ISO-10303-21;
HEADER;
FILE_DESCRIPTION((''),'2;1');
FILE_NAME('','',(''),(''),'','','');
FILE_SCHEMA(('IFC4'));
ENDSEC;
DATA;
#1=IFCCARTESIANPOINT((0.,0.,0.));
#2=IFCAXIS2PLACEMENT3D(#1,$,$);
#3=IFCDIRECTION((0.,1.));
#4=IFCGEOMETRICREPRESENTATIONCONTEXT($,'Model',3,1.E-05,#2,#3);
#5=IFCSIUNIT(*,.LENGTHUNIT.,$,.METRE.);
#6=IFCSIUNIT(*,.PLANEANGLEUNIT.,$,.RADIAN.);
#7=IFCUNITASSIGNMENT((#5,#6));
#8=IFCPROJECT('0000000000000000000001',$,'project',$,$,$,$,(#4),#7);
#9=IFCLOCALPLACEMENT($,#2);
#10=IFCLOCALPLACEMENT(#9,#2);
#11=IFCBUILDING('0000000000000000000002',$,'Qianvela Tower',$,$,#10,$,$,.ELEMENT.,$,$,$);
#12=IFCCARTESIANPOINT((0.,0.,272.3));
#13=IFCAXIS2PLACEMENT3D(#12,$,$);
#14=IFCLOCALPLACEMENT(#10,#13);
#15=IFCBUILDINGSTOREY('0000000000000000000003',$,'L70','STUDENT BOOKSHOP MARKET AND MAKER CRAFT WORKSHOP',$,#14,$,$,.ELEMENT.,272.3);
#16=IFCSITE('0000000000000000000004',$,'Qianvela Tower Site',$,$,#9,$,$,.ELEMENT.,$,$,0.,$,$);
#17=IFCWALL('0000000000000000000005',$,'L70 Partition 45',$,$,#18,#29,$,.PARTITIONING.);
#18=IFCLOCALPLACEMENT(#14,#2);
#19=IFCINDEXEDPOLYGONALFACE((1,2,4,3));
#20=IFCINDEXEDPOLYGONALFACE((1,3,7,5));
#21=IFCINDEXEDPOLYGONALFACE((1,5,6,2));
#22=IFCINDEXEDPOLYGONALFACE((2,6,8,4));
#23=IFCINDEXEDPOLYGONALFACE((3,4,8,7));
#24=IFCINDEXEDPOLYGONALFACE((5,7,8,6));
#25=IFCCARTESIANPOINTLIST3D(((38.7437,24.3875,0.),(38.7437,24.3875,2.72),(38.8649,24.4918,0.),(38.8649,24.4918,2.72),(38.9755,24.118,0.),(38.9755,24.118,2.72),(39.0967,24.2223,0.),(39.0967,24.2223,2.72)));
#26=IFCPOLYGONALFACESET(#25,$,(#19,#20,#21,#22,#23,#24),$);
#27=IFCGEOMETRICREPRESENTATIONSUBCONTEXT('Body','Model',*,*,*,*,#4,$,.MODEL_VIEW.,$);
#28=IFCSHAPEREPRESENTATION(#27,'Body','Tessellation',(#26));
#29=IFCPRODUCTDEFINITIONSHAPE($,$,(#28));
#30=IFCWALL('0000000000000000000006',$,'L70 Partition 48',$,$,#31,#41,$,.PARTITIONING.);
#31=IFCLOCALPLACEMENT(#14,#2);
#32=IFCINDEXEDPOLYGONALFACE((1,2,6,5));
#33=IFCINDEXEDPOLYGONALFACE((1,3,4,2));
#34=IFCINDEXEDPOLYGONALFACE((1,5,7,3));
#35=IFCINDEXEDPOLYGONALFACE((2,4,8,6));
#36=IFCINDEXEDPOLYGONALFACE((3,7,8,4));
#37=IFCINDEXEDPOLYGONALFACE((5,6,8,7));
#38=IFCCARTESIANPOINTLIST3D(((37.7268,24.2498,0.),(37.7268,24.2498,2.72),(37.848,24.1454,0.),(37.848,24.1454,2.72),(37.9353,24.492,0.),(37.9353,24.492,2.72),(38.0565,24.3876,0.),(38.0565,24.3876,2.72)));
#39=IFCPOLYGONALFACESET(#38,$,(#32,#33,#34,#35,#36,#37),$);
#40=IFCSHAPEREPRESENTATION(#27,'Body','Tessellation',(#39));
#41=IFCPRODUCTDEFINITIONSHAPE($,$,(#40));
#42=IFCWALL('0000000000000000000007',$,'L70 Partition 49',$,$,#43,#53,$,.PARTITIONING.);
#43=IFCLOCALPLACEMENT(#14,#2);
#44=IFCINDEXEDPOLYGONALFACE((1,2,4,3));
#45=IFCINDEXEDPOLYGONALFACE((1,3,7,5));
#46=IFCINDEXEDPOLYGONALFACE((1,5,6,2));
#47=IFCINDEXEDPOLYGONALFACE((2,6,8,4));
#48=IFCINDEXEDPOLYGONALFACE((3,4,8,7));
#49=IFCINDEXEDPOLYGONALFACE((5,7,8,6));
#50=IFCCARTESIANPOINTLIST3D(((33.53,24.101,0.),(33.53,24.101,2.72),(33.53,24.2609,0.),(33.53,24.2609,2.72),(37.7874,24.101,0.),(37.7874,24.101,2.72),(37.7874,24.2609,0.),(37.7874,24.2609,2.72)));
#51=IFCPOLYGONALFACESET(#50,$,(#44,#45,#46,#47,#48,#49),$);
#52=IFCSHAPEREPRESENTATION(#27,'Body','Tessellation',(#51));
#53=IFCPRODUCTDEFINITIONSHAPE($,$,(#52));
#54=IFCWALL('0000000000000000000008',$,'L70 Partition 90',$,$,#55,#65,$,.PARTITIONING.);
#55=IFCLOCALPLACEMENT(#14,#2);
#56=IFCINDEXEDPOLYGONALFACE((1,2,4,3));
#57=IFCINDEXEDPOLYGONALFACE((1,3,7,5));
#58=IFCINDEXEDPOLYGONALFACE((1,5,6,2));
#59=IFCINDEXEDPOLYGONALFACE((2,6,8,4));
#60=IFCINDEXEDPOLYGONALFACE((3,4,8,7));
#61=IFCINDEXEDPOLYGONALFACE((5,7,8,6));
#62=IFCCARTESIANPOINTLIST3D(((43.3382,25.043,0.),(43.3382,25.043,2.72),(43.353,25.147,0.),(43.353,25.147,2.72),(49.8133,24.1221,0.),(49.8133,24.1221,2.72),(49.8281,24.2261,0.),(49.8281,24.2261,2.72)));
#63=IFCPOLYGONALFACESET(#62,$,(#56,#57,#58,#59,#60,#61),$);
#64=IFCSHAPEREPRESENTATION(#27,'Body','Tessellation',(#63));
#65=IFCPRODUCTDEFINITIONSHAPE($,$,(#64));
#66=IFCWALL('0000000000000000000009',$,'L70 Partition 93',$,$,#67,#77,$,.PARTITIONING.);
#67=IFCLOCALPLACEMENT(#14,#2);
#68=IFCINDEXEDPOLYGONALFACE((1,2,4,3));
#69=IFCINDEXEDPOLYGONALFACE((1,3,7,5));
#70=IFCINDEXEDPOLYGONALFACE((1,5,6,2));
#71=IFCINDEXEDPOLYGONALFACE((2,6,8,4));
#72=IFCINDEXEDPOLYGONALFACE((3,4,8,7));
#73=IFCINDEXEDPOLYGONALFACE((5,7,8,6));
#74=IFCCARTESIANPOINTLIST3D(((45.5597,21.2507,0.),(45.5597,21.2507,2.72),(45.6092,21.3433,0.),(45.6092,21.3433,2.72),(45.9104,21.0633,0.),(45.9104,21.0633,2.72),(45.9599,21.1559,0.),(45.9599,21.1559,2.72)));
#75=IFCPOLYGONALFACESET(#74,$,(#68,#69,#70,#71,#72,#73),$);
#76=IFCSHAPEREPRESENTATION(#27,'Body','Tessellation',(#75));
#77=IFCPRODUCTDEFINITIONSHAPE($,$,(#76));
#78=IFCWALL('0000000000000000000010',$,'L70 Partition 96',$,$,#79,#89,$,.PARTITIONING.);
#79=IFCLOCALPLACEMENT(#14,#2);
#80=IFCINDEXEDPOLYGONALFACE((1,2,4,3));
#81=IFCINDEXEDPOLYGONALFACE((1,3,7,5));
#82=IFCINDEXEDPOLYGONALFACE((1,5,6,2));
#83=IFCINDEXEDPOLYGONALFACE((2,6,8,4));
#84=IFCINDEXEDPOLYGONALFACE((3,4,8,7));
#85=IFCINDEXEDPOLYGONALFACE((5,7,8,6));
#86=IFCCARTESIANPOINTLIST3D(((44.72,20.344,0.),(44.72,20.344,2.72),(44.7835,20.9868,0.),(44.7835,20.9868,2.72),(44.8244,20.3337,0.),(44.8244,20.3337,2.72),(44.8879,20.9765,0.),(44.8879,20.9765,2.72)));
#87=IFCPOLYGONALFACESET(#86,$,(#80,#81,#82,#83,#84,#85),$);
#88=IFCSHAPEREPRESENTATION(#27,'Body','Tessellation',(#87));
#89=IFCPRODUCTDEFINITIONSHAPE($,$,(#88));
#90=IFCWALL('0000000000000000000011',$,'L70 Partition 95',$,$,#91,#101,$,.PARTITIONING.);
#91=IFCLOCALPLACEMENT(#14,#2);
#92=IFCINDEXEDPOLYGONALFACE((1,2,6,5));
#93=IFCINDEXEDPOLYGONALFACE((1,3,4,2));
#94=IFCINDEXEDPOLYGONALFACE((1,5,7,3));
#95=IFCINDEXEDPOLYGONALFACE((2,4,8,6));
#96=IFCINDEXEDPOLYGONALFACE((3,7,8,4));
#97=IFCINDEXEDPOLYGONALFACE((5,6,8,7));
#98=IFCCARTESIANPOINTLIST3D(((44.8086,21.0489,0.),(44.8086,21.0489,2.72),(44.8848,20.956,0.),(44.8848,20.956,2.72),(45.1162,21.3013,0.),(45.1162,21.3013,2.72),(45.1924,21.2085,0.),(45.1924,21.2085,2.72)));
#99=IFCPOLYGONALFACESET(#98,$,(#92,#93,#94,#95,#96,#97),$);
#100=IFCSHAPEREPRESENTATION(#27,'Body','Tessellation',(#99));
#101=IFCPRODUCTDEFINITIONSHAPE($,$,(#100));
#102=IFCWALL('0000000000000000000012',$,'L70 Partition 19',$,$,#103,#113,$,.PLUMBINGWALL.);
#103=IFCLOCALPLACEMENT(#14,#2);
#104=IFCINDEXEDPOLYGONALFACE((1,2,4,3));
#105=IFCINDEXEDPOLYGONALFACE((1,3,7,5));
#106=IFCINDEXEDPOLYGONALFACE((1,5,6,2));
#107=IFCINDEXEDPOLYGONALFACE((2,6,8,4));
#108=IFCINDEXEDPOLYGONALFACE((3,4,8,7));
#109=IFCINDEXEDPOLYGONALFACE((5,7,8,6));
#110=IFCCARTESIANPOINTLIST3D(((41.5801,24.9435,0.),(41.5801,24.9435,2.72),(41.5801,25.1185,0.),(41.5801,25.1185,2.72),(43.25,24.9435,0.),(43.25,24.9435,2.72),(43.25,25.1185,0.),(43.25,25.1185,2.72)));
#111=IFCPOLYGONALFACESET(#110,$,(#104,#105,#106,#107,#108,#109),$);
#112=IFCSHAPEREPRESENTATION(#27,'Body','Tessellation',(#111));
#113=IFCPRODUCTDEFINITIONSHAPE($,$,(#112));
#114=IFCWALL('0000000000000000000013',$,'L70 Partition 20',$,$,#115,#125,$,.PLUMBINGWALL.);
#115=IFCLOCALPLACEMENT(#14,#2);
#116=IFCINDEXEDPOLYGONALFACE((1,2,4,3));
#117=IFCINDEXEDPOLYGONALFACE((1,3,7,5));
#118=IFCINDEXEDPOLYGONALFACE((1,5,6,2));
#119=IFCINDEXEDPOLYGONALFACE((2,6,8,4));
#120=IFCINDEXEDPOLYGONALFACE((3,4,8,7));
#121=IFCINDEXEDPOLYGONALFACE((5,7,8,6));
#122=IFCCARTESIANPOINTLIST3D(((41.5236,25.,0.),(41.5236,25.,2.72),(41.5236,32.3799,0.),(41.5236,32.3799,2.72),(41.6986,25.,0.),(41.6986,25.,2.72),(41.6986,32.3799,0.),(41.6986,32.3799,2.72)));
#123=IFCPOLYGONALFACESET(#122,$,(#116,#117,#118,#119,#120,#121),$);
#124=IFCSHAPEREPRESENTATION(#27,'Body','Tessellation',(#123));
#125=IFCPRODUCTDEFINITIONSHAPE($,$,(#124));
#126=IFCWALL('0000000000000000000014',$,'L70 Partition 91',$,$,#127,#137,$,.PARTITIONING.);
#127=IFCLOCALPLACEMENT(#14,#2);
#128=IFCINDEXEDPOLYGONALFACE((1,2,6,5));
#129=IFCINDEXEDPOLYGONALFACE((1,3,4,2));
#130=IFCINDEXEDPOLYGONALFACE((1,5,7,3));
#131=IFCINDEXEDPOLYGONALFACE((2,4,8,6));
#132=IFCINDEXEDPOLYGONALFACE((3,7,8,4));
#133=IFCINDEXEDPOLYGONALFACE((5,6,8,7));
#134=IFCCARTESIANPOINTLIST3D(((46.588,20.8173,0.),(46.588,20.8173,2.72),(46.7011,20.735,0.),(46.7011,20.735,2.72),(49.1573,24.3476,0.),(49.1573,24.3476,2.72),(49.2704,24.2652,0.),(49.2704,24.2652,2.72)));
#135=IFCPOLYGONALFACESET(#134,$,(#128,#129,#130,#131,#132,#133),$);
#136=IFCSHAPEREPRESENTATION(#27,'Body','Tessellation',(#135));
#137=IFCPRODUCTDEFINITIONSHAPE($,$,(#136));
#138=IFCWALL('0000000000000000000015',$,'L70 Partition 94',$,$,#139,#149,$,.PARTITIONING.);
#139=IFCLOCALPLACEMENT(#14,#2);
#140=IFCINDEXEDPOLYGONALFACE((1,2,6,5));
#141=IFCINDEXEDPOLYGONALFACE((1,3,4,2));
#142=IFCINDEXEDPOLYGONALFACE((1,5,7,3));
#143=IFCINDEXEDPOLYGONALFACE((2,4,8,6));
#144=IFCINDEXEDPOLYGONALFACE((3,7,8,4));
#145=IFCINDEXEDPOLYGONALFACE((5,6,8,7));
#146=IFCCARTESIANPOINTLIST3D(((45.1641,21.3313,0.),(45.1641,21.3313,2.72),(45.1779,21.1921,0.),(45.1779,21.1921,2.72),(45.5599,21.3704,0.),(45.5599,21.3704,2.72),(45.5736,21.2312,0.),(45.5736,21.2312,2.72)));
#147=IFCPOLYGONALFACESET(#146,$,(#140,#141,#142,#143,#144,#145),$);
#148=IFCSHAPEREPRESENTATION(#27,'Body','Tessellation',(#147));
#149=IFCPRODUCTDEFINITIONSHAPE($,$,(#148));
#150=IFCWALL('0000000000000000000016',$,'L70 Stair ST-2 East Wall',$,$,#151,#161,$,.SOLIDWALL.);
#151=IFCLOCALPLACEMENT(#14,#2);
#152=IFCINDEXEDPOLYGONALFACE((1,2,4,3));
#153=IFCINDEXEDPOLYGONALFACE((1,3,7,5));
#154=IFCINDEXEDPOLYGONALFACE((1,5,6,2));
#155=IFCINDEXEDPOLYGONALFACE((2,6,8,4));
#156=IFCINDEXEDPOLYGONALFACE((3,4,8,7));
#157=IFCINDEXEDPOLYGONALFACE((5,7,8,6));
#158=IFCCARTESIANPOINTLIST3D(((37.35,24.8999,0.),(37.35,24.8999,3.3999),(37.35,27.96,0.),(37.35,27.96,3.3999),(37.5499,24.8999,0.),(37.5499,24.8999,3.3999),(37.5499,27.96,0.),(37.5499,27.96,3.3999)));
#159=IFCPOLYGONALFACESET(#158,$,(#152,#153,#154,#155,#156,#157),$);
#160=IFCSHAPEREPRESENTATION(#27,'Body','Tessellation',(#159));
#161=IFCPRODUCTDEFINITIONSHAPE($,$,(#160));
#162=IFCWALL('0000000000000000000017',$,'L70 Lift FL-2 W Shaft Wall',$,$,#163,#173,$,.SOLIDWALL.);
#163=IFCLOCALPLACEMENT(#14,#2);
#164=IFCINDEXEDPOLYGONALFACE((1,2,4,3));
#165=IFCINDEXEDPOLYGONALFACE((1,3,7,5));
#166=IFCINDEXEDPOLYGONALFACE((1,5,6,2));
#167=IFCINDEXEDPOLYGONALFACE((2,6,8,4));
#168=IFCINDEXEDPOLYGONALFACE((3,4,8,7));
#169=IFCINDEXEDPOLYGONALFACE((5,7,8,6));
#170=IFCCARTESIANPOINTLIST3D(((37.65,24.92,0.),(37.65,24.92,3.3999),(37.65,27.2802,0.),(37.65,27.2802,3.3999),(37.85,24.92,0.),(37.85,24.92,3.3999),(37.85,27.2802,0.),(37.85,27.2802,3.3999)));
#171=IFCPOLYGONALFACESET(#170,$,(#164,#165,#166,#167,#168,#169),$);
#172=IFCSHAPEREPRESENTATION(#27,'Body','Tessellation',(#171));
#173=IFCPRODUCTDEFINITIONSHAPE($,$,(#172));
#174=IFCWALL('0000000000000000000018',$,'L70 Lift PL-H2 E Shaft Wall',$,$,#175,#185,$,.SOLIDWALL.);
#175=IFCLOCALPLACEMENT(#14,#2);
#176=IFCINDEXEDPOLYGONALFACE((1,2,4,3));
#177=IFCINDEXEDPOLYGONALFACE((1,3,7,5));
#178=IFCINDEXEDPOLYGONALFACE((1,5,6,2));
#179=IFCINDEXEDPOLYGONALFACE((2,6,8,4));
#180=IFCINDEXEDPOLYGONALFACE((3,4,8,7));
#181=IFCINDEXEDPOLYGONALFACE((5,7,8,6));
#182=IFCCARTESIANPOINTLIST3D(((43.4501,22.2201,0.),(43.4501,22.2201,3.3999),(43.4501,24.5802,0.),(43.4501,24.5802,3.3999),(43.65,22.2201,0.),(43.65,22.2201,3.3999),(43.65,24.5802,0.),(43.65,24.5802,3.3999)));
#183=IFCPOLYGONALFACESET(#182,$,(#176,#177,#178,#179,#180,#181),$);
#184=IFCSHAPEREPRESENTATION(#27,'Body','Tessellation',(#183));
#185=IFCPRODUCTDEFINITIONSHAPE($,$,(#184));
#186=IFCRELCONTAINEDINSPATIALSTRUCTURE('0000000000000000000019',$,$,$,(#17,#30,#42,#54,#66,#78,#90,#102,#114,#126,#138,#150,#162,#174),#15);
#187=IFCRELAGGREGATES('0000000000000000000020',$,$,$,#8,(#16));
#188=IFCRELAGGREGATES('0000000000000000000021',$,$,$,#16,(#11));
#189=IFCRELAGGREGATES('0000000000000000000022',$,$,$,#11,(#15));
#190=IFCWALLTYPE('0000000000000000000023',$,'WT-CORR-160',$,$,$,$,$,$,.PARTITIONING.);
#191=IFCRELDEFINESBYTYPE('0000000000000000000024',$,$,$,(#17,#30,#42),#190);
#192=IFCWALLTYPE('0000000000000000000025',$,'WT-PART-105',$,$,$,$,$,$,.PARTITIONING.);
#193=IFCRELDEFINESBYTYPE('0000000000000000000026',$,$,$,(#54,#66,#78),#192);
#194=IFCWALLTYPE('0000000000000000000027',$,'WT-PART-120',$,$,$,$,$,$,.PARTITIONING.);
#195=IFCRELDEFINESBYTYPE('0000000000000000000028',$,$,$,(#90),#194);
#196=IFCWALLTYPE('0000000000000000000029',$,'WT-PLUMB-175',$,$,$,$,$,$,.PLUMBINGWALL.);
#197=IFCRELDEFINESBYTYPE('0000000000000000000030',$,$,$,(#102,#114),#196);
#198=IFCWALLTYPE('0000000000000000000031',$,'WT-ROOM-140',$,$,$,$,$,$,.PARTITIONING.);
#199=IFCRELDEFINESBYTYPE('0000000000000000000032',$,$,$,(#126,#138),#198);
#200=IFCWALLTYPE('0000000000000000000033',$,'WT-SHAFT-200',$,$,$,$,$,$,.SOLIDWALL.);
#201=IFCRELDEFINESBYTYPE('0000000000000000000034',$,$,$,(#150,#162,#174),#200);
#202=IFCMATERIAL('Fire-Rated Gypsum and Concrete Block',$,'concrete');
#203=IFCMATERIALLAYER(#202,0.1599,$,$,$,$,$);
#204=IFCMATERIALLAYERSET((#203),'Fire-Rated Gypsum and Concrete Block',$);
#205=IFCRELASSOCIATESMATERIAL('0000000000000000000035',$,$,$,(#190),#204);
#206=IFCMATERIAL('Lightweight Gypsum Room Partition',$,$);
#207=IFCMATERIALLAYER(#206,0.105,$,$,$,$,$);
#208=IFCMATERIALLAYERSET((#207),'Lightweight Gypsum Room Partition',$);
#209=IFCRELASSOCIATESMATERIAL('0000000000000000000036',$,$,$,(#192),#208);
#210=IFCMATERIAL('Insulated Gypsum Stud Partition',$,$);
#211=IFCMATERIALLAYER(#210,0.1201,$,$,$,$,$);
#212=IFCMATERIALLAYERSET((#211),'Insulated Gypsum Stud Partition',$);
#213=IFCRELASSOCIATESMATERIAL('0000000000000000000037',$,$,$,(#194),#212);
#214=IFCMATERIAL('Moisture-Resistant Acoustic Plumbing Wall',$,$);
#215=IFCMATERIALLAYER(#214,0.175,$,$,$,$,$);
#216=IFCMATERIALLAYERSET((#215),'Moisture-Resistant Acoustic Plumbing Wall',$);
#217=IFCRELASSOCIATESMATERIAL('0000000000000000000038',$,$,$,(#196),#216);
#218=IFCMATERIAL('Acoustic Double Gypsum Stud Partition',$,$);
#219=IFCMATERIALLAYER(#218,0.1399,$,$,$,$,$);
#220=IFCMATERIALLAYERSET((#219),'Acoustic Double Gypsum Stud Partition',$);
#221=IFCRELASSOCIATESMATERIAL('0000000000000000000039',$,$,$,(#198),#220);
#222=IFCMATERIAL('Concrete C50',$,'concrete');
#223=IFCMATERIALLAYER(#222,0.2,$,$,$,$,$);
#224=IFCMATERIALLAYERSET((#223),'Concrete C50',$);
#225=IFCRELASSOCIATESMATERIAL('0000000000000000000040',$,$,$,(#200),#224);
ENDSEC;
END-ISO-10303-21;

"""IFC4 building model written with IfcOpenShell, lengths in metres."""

from ifc_helpers import new_model, si_unit, direction, frame, frame_2d, origin, place, context, subcontext, project, spatial, rectangle, extrude, material, layer, layer_set, type_object, element, save


model = new_model("IFC4")

# Units and contexts
model_context = context("Model", 3, precision=1e-05, world=origin(), true_north=direction((0.0, 1.0)))
body_context = subcontext(model_context, "Body", "Model", "MODEL_VIEW")
ifc_project = project(units=[si_unit("LENGTHUNIT", "METRE"), si_unit("PLANEANGLEUNIT", "RADIAN")], contexts=[model_context])

# Site, building, storey
site_placement = place(None, origin())
site = spatial("IfcSite", under=ifc_project, at=site_placement, Name="Qianvela Tower Site", CompositionType="ELEMENT", RefElevation=0.0)
building_placement = place(site_placement, origin())
building = spatial("IfcBuilding", under=site, at=building_placement, Name="Qianvela Tower", CompositionType="ELEMENT")
storey_placement = place(building_placement, frame((0.0, 0.0, 272.3)))
storey = spatial("IfcBuildingStorey", under=building, at=storey_placement, Name="L70", Description="STUDENT BOOKSHOP MARKET AND MAKER CRAFT WORKSHOP", CompositionType="ELEMENT", Elevation=272.3)

# Shared definitions
ifc_material_1 = material(Name="Fire-Rated Gypsum and Concrete Block", Category="concrete")
ifc_layer_1 = layer(ifc_material_1, 0.1599)
ifc_layer_set_1 = layer_set([ifc_layer_1], Name="Fire-Rated Gypsum and Concrete Block")
wall_type_1 = type_object("IfcWallType", Name="WT-CORR-160", PredefinedType="PARTITIONING", material=ifc_layer_set_1)

# Walls
wall_1_placement = place(storey_placement, frame((39.0361, 24.1702, 0.0), z_axis=(0.0, 0.0, 1.0), x_axis=(-0.65226, 0.757995, 0.0)))
element("IfcWall", 1, at=wall_1_placement, inside=storey, type_object=wall_type_1, Name="L70 Partition 45", PredefinedType="PARTITIONING", context=body_context, shape_type="SweptSolid", body=[
    extrude(rectangle(XDim=0.3555, YDim=0.1599, at=frame_2d((0.1777, 0.0))), origin(), (0.0, 0.0, 1.0), 2.72),
])
wall_2_placement = place(storey_placement, frame((37.9958, 24.4397, 0.0), z_axis=(0.0, 0.0, 1.0), x_axis=(-0.652426, -0.757853, 0.0)))
element("IfcWall", 2, at=wall_2_placement, inside=storey, type_object=wall_type_1, Name="L70 Partition 48", PredefinedType="PARTITIONING", context=body_context, shape_type="SweptSolid", body=[
    extrude(rectangle(XDim=0.3196, YDim=0.1599, at=frame_2d((0.1597, 0.0))), origin(), (0.0, 0.0, 1.0), 2.72),
])
wall_3_placement = place(storey_placement, frame((37.7874, 24.1809, 0.0), z_axis=(0.0, 0.0, 1.0), x_axis=(-1.0, 0.0, 0.0)))
element("IfcWall", 3, at=wall_3_placement, inside=storey, type_object=wall_type_1, Name="L70 Partition 49", PredefinedType="PARTITIONING", context=body_context, shape_type="SweptSolid", body=[
    extrude(rectangle(XDim=4.2573, YDim=0.1599, at=frame_2d((2.1287, 0.0))), origin(), (0.0, 0.0, 1.0), 2.72),
])
ifc_material_2 = material(Name="Lightweight Gypsum Room Partition")
ifc_layer_2 = layer(ifc_material_2, 0.105)
ifc_layer_set_2 = layer_set([ifc_layer_2], Name="Lightweight Gypsum Room Partition")
wall_type_2 = type_object("IfcWallType", Name="WT-PART-105", PredefinedType="PARTITIONING", material=ifc_layer_set_2)
wall_4_placement = place(storey_placement, frame((43.3457, 25.095, 0.0), z_axis=(0.0, 0.0, 1.0), x_axis=(0.990037, -0.140805, 0.0)))
element("IfcWall", 4, at=wall_4_placement, inside=storey, type_object=wall_type_2, Name="L70 Partition 90", PredefinedType="PARTITIONING", context=body_context, shape_type="SweptSolid", body=[
    extrude(rectangle(XDim=6.5403, YDim=0.105, at=frame_2d((3.27, 0.0))), origin(), (0.0, 0.0, 1.0), 2.72),
])
wall_5_placement = place(storey_placement, frame((45.9351, 21.1096, 0.0), z_axis=(0.0, 0.0, 1.0), x_axis=(-0.881945, 0.471353, 0.0)))
element("IfcWall", 5, at=wall_5_placement, inside=storey, type_object=wall_type_2, Name="L70 Partition 93", PredefinedType="PARTITIONING", context=body_context, shape_type="SweptSolid", body=[
    extrude(rectangle(XDim=0.3977, YDim=0.105, at=frame_2d((0.1987, 0.0))), origin(), (0.0, 0.0, 1.0), 2.72),
])
wall_6_placement = place(storey_placement, frame((44.8357, 20.9817, 0.0), z_axis=(0.0, 0.0, 1.0), x_axis=(-0.098269, -0.99516, 0.0)))
element("IfcWall", 6, at=wall_6_placement, inside=storey, type_object=wall_type_2, Name="L70 Partition 96", PredefinedType="PARTITIONING", context=body_context, shape_type="SweptSolid", body=[
    extrude(rectangle(XDim=0.646, YDim=0.105, at=frame_2d((0.323, 0.0))), origin(), (0.0, 0.0, 1.0), 2.72),
])
ifc_material_3 = material(Name="Insulated Gypsum Stud Partition")
ifc_layer_3 = layer(ifc_material_3, 0.1201)
ifc_layer_set_3 = layer_set([ifc_layer_3], Name="Insulated Gypsum Stud Partition")
wall_type_3 = type_object("IfcWallType", Name="WT-PART-120", PredefinedType="PARTITIONING", material=ifc_layer_set_3)
wall_7_placement = place(storey_placement, frame((45.1543, 21.2549, 0.0), z_axis=(0.0, 0.0, 1.0), x_axis=(-0.773027, -0.634373, 0.0)))
element("IfcWall", 7, at=wall_7_placement, inside=storey, type_object=wall_type_3, Name="L70 Partition 95", PredefinedType="PARTITIONING", context=body_context, shape_type="SweptSolid", body=[
    extrude(rectangle(XDim=0.3979, YDim=0.1201, at=frame_2d((0.199, 0.0))), origin(), (0.0, 0.0, 1.0), 2.72),
])
ifc_material_4 = material(Name="Moisture-Resistant Acoustic Plumbing Wall")
ifc_layer_4 = layer(ifc_material_4, 0.175)
ifc_layer_set_4 = layer_set([ifc_layer_4], Name="Moisture-Resistant Acoustic Plumbing Wall")
wall_type_4 = type_object("IfcWallType", Name="WT-PLUMB-175", PredefinedType="PLUMBINGWALL", material=ifc_layer_set_4)
wall_8_placement = place(storey_placement, frame((43.25, 25.031, 0.0), z_axis=(0.0, 0.0, 1.0), x_axis=(-1.0, 0.0, 0.0)))
element("IfcWall", 8, at=wall_8_placement, inside=storey, type_object=wall_type_4, Name="L70 Partition 19", PredefinedType="PLUMBINGWALL", context=body_context, shape_type="SweptSolid", body=[
    extrude(rectangle(XDim=1.6699, YDim=0.175, at=frame_2d((0.835, 0.0))), origin(), (0.0, 0.0, 1.0), 2.72),
])
wall_9_placement = place(storey_placement, frame((41.6111, 25.0, 0.0), z_axis=(0.0, 0.0, 1.0), x_axis=(0.0, 1.0, 0.0)))
element("IfcWall", 9, at=wall_9_placement, inside=storey, type_object=wall_type_4, Name="L70 Partition 20", PredefinedType="PLUMBINGWALL", context=body_context, shape_type="SweptSolid", body=[
    extrude(rectangle(XDim=7.3799, YDim=0.175, at=frame_2d((3.6899, 0.0))), origin(), (0.0, 0.0, 1.0), 2.72),
])
ifc_material_5 = material(Name="Acoustic Double Gypsum Stud Partition")
ifc_layer_5 = layer(ifc_material_5, 0.1399)
ifc_layer_set_5 = layer_set([ifc_layer_5], Name="Acoustic Double Gypsum Stud Partition")
wall_type_5 = type_object("IfcWallType", Name="WT-ROOM-140", PredefinedType="PARTITIONING", material=ifc_layer_set_5)
wall_10_placement = place(storey_placement, frame((49.2139, 24.3064, 0.0), z_axis=(0.0, 0.0, 1.0), x_axis=(-0.588451, -0.808533, 0.0)))
element("IfcWall", 10, at=wall_10_placement, inside=storey, type_object=wall_type_5, Name="L70 Partition 91", PredefinedType="PARTITIONING", context=body_context, shape_type="SweptSolid", body=[
    extrude(rectangle(XDim=4.3662, YDim=0.1399, at=frame_2d((2.1831, 0.0))), origin(), (0.0, 0.0, 1.0), 2.72),
])
wall_11_placement = place(storey_placement, frame((45.5667, 21.3008, 0.0), z_axis=(0.0, 0.0, 1.0), x_axis=(-0.995164, -0.098227, 0.0)))
element("IfcWall", 11, at=wall_11_placement, inside=storey, type_object=wall_type_5, Name="L70 Partition 94", PredefinedType="PARTITIONING", context=body_context, shape_type="SweptSolid", body=[
    extrude(rectangle(XDim=0.3977, YDim=0.1399, at=frame_2d((0.1987, 0.0))), origin(), (0.0, 0.0, 1.0), 2.72),
])
ifc_material_6 = material(Name="Concrete C50", Category="concrete")
ifc_layer_6 = layer(ifc_material_6, 0.2)
ifc_layer_set_6 = layer_set([ifc_layer_6], Name="Concrete C50")
wall_type_6 = type_object("IfcWallType", Name="WT-SHAFT-200", PredefinedType="SOLIDWALL", material=ifc_layer_set_6)
wall_12_placement = place(storey_placement, frame((37.45, 24.8999, 0.0), z_axis=(0.0, 0.0, 1.0), x_axis=(0.0, 1.0, 0.0)))
element("IfcWall", 12, at=wall_12_placement, inside=storey, type_object=wall_type_6, Name="L70 Stair ST-2 East Wall", PredefinedType="SOLIDWALL", context=body_context, shape_type="SweptSolid", body=[
    extrude(rectangle(XDim=3.0601, YDim=0.2, at=frame_2d((1.53, 0.0))), origin(), (0.0, 0.0, 1.0), 3.3999),
])

# Walls
for number, where, z_axis, x_axis, name in (
    (13, (37.75, 24.9199, 0.0), (0.0, 0.0, 1.0), (0.0, 1.0, 0.0), "L70 Lift FL-2 W Shaft Wall"),
    (14, (43.55, 22.22, 0.0), (0.0, 0.0, 1.0), (0.0, 1.0, 0.0), "L70 Lift PL-H2 E Shaft Wall"),
):
    element("IfcWall", number, at=place(storey_placement, frame(where, z_axis=z_axis, x_axis=x_axis)), inside=storey, type_object=wall_type_6, Name=name, PredefinedType="SOLIDWALL", context=body_context, shape_type="SweptSolid", body=[
        extrude(rectangle(XDim=2.3601, YDim=0.2, at=frame_2d((1.1802, 0.0))), origin(), (0.0, 0.0, 1.0), 3.3999),
    ])

save(model, "model.ifc")
